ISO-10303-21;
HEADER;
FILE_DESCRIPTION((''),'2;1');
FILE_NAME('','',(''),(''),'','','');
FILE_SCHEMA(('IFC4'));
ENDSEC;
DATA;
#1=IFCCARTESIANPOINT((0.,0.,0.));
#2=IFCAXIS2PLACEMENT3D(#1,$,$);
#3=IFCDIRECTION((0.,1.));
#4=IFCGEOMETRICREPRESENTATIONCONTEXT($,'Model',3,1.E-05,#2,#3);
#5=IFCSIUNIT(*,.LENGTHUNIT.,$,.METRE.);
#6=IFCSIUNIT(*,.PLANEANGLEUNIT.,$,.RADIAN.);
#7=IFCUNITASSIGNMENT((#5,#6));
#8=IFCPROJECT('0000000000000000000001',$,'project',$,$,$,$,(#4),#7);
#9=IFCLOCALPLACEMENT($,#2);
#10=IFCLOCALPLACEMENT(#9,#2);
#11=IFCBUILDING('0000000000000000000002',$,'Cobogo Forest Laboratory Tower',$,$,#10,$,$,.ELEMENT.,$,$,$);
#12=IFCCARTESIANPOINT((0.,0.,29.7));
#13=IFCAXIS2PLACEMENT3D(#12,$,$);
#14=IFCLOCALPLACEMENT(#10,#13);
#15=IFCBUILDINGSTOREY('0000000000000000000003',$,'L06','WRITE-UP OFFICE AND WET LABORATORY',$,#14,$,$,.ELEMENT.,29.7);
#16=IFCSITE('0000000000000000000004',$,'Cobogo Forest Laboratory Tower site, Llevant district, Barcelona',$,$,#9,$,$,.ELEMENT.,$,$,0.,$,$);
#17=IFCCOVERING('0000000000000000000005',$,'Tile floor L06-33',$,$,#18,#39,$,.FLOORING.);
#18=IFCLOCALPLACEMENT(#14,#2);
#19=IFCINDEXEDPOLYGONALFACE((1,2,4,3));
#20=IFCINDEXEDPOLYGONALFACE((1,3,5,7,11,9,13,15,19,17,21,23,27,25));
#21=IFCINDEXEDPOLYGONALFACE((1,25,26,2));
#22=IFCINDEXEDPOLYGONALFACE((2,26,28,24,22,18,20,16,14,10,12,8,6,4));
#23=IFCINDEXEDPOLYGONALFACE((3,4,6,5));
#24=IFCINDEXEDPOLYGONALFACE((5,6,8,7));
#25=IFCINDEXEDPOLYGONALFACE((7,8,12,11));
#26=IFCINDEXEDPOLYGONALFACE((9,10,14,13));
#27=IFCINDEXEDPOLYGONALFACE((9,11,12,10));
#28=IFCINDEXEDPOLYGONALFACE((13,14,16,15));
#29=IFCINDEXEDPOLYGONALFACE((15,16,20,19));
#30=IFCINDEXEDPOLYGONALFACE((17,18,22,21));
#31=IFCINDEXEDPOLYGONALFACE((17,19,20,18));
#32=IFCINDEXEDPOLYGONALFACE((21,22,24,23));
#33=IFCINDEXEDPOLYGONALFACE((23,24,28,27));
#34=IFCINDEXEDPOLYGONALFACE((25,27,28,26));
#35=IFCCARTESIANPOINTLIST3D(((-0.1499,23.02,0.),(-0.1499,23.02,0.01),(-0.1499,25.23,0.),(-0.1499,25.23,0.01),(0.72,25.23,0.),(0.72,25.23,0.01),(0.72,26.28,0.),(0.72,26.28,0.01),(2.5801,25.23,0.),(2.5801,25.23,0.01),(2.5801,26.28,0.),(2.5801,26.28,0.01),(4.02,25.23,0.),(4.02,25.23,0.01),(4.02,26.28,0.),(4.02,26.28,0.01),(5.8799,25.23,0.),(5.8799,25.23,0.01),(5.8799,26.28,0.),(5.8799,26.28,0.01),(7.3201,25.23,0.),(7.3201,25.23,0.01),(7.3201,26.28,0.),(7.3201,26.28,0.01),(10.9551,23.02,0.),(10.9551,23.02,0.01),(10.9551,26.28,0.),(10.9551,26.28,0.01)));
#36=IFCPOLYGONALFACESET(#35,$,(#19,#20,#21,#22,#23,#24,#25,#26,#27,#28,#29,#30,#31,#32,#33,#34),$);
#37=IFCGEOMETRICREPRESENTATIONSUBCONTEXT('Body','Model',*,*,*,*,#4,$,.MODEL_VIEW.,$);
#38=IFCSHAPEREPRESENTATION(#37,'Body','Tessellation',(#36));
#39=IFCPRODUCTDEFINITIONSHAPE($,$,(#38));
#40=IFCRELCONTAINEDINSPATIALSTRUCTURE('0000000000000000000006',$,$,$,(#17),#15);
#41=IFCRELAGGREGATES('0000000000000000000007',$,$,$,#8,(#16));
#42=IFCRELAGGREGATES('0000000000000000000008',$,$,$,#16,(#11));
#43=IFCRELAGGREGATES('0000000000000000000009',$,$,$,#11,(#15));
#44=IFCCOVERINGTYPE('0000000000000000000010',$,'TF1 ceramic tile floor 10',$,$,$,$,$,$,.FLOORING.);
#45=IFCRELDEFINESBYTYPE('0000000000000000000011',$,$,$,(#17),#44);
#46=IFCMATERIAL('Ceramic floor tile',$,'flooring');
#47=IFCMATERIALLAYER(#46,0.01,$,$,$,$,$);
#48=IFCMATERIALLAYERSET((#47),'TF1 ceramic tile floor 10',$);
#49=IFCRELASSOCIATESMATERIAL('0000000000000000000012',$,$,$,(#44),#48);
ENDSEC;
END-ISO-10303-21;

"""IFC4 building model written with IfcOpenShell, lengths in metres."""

from ifc_helpers import new_model, si_unit, direction, frame, origin, place, context, subcontext, project, spatial, polyline, outline, extrude, material, layer, layer_set, type_object, element, save


model = new_model("IFC4")

# Units and contexts
model_context = context("Model", 3, precision=1e-05, world=origin(), true_north=direction((0.0, 1.0)))
body_context = subcontext(model_context, "Body", "Model", "MODEL_VIEW")
ifc_project = project(units=[si_unit("LENGTHUNIT", "METRE"), si_unit("PLANEANGLEUNIT", "RADIAN")], contexts=[model_context])

# Site, building, storey
site_placement = place(None, origin())
site = spatial("IfcSite", under=ifc_project, at=site_placement, Name="Cobogo Forest Laboratory Tower site, Llevant district, Barcelona", CompositionType="ELEMENT", RefElevation=0.0)
building_placement = place(site_placement, origin())
building = spatial("IfcBuilding", under=site, at=building_placement, Name="Cobogo Forest Laboratory Tower", CompositionType="ELEMENT")
storey_placement = place(building_placement, frame((0.0, 0.0, 29.7)))
storey = spatial("IfcBuildingStorey", under=building, at=storey_placement, Name="L06", Description="WRITE-UP OFFICE AND WET LABORATORY", CompositionType="ELEMENT", Elevation=29.7)

# Covering
ifc_material_1 = material(Name="Ceramic floor tile", Category="flooring")
ifc_layer_1 = layer(ifc_material_1, 0.01)
ifc_layer_set_1 = layer_set([ifc_layer_1], Name="TF1 ceramic tile floor 10")
covering_type_1 = type_object("IfcCoveringType", Name="TF1 ceramic tile floor 10", PredefinedType="FLOORING", material=ifc_layer_set_1)
covering_1_placement = place(storey_placement, origin())
element("IfcCovering", 1, at=covering_1_placement, inside=storey, type_object=covering_type_1, Name="Tile floor L06-33", PredefinedType="FLOORING", context=body_context, shape_type="SweptSolid", body=[
    extrude(outline(polyline([(10.9551, 23.02), (-0.1499, 23.02), (-0.1499, 25.23), (0.72, 25.23), (0.72, 26.28), (2.5801, 26.28), (2.5801, 25.23), (4.02, 25.23), (4.02, 26.28), (5.8799, 26.28), (5.8799, 25.23), (7.3201, 25.23), (7.3201, 26.28), (10.9551, 26.28), (10.9551, 23.02)])), origin(), (0.0, 0.0, 1.0), 0.01),
])

save(model, "model.ifc")
